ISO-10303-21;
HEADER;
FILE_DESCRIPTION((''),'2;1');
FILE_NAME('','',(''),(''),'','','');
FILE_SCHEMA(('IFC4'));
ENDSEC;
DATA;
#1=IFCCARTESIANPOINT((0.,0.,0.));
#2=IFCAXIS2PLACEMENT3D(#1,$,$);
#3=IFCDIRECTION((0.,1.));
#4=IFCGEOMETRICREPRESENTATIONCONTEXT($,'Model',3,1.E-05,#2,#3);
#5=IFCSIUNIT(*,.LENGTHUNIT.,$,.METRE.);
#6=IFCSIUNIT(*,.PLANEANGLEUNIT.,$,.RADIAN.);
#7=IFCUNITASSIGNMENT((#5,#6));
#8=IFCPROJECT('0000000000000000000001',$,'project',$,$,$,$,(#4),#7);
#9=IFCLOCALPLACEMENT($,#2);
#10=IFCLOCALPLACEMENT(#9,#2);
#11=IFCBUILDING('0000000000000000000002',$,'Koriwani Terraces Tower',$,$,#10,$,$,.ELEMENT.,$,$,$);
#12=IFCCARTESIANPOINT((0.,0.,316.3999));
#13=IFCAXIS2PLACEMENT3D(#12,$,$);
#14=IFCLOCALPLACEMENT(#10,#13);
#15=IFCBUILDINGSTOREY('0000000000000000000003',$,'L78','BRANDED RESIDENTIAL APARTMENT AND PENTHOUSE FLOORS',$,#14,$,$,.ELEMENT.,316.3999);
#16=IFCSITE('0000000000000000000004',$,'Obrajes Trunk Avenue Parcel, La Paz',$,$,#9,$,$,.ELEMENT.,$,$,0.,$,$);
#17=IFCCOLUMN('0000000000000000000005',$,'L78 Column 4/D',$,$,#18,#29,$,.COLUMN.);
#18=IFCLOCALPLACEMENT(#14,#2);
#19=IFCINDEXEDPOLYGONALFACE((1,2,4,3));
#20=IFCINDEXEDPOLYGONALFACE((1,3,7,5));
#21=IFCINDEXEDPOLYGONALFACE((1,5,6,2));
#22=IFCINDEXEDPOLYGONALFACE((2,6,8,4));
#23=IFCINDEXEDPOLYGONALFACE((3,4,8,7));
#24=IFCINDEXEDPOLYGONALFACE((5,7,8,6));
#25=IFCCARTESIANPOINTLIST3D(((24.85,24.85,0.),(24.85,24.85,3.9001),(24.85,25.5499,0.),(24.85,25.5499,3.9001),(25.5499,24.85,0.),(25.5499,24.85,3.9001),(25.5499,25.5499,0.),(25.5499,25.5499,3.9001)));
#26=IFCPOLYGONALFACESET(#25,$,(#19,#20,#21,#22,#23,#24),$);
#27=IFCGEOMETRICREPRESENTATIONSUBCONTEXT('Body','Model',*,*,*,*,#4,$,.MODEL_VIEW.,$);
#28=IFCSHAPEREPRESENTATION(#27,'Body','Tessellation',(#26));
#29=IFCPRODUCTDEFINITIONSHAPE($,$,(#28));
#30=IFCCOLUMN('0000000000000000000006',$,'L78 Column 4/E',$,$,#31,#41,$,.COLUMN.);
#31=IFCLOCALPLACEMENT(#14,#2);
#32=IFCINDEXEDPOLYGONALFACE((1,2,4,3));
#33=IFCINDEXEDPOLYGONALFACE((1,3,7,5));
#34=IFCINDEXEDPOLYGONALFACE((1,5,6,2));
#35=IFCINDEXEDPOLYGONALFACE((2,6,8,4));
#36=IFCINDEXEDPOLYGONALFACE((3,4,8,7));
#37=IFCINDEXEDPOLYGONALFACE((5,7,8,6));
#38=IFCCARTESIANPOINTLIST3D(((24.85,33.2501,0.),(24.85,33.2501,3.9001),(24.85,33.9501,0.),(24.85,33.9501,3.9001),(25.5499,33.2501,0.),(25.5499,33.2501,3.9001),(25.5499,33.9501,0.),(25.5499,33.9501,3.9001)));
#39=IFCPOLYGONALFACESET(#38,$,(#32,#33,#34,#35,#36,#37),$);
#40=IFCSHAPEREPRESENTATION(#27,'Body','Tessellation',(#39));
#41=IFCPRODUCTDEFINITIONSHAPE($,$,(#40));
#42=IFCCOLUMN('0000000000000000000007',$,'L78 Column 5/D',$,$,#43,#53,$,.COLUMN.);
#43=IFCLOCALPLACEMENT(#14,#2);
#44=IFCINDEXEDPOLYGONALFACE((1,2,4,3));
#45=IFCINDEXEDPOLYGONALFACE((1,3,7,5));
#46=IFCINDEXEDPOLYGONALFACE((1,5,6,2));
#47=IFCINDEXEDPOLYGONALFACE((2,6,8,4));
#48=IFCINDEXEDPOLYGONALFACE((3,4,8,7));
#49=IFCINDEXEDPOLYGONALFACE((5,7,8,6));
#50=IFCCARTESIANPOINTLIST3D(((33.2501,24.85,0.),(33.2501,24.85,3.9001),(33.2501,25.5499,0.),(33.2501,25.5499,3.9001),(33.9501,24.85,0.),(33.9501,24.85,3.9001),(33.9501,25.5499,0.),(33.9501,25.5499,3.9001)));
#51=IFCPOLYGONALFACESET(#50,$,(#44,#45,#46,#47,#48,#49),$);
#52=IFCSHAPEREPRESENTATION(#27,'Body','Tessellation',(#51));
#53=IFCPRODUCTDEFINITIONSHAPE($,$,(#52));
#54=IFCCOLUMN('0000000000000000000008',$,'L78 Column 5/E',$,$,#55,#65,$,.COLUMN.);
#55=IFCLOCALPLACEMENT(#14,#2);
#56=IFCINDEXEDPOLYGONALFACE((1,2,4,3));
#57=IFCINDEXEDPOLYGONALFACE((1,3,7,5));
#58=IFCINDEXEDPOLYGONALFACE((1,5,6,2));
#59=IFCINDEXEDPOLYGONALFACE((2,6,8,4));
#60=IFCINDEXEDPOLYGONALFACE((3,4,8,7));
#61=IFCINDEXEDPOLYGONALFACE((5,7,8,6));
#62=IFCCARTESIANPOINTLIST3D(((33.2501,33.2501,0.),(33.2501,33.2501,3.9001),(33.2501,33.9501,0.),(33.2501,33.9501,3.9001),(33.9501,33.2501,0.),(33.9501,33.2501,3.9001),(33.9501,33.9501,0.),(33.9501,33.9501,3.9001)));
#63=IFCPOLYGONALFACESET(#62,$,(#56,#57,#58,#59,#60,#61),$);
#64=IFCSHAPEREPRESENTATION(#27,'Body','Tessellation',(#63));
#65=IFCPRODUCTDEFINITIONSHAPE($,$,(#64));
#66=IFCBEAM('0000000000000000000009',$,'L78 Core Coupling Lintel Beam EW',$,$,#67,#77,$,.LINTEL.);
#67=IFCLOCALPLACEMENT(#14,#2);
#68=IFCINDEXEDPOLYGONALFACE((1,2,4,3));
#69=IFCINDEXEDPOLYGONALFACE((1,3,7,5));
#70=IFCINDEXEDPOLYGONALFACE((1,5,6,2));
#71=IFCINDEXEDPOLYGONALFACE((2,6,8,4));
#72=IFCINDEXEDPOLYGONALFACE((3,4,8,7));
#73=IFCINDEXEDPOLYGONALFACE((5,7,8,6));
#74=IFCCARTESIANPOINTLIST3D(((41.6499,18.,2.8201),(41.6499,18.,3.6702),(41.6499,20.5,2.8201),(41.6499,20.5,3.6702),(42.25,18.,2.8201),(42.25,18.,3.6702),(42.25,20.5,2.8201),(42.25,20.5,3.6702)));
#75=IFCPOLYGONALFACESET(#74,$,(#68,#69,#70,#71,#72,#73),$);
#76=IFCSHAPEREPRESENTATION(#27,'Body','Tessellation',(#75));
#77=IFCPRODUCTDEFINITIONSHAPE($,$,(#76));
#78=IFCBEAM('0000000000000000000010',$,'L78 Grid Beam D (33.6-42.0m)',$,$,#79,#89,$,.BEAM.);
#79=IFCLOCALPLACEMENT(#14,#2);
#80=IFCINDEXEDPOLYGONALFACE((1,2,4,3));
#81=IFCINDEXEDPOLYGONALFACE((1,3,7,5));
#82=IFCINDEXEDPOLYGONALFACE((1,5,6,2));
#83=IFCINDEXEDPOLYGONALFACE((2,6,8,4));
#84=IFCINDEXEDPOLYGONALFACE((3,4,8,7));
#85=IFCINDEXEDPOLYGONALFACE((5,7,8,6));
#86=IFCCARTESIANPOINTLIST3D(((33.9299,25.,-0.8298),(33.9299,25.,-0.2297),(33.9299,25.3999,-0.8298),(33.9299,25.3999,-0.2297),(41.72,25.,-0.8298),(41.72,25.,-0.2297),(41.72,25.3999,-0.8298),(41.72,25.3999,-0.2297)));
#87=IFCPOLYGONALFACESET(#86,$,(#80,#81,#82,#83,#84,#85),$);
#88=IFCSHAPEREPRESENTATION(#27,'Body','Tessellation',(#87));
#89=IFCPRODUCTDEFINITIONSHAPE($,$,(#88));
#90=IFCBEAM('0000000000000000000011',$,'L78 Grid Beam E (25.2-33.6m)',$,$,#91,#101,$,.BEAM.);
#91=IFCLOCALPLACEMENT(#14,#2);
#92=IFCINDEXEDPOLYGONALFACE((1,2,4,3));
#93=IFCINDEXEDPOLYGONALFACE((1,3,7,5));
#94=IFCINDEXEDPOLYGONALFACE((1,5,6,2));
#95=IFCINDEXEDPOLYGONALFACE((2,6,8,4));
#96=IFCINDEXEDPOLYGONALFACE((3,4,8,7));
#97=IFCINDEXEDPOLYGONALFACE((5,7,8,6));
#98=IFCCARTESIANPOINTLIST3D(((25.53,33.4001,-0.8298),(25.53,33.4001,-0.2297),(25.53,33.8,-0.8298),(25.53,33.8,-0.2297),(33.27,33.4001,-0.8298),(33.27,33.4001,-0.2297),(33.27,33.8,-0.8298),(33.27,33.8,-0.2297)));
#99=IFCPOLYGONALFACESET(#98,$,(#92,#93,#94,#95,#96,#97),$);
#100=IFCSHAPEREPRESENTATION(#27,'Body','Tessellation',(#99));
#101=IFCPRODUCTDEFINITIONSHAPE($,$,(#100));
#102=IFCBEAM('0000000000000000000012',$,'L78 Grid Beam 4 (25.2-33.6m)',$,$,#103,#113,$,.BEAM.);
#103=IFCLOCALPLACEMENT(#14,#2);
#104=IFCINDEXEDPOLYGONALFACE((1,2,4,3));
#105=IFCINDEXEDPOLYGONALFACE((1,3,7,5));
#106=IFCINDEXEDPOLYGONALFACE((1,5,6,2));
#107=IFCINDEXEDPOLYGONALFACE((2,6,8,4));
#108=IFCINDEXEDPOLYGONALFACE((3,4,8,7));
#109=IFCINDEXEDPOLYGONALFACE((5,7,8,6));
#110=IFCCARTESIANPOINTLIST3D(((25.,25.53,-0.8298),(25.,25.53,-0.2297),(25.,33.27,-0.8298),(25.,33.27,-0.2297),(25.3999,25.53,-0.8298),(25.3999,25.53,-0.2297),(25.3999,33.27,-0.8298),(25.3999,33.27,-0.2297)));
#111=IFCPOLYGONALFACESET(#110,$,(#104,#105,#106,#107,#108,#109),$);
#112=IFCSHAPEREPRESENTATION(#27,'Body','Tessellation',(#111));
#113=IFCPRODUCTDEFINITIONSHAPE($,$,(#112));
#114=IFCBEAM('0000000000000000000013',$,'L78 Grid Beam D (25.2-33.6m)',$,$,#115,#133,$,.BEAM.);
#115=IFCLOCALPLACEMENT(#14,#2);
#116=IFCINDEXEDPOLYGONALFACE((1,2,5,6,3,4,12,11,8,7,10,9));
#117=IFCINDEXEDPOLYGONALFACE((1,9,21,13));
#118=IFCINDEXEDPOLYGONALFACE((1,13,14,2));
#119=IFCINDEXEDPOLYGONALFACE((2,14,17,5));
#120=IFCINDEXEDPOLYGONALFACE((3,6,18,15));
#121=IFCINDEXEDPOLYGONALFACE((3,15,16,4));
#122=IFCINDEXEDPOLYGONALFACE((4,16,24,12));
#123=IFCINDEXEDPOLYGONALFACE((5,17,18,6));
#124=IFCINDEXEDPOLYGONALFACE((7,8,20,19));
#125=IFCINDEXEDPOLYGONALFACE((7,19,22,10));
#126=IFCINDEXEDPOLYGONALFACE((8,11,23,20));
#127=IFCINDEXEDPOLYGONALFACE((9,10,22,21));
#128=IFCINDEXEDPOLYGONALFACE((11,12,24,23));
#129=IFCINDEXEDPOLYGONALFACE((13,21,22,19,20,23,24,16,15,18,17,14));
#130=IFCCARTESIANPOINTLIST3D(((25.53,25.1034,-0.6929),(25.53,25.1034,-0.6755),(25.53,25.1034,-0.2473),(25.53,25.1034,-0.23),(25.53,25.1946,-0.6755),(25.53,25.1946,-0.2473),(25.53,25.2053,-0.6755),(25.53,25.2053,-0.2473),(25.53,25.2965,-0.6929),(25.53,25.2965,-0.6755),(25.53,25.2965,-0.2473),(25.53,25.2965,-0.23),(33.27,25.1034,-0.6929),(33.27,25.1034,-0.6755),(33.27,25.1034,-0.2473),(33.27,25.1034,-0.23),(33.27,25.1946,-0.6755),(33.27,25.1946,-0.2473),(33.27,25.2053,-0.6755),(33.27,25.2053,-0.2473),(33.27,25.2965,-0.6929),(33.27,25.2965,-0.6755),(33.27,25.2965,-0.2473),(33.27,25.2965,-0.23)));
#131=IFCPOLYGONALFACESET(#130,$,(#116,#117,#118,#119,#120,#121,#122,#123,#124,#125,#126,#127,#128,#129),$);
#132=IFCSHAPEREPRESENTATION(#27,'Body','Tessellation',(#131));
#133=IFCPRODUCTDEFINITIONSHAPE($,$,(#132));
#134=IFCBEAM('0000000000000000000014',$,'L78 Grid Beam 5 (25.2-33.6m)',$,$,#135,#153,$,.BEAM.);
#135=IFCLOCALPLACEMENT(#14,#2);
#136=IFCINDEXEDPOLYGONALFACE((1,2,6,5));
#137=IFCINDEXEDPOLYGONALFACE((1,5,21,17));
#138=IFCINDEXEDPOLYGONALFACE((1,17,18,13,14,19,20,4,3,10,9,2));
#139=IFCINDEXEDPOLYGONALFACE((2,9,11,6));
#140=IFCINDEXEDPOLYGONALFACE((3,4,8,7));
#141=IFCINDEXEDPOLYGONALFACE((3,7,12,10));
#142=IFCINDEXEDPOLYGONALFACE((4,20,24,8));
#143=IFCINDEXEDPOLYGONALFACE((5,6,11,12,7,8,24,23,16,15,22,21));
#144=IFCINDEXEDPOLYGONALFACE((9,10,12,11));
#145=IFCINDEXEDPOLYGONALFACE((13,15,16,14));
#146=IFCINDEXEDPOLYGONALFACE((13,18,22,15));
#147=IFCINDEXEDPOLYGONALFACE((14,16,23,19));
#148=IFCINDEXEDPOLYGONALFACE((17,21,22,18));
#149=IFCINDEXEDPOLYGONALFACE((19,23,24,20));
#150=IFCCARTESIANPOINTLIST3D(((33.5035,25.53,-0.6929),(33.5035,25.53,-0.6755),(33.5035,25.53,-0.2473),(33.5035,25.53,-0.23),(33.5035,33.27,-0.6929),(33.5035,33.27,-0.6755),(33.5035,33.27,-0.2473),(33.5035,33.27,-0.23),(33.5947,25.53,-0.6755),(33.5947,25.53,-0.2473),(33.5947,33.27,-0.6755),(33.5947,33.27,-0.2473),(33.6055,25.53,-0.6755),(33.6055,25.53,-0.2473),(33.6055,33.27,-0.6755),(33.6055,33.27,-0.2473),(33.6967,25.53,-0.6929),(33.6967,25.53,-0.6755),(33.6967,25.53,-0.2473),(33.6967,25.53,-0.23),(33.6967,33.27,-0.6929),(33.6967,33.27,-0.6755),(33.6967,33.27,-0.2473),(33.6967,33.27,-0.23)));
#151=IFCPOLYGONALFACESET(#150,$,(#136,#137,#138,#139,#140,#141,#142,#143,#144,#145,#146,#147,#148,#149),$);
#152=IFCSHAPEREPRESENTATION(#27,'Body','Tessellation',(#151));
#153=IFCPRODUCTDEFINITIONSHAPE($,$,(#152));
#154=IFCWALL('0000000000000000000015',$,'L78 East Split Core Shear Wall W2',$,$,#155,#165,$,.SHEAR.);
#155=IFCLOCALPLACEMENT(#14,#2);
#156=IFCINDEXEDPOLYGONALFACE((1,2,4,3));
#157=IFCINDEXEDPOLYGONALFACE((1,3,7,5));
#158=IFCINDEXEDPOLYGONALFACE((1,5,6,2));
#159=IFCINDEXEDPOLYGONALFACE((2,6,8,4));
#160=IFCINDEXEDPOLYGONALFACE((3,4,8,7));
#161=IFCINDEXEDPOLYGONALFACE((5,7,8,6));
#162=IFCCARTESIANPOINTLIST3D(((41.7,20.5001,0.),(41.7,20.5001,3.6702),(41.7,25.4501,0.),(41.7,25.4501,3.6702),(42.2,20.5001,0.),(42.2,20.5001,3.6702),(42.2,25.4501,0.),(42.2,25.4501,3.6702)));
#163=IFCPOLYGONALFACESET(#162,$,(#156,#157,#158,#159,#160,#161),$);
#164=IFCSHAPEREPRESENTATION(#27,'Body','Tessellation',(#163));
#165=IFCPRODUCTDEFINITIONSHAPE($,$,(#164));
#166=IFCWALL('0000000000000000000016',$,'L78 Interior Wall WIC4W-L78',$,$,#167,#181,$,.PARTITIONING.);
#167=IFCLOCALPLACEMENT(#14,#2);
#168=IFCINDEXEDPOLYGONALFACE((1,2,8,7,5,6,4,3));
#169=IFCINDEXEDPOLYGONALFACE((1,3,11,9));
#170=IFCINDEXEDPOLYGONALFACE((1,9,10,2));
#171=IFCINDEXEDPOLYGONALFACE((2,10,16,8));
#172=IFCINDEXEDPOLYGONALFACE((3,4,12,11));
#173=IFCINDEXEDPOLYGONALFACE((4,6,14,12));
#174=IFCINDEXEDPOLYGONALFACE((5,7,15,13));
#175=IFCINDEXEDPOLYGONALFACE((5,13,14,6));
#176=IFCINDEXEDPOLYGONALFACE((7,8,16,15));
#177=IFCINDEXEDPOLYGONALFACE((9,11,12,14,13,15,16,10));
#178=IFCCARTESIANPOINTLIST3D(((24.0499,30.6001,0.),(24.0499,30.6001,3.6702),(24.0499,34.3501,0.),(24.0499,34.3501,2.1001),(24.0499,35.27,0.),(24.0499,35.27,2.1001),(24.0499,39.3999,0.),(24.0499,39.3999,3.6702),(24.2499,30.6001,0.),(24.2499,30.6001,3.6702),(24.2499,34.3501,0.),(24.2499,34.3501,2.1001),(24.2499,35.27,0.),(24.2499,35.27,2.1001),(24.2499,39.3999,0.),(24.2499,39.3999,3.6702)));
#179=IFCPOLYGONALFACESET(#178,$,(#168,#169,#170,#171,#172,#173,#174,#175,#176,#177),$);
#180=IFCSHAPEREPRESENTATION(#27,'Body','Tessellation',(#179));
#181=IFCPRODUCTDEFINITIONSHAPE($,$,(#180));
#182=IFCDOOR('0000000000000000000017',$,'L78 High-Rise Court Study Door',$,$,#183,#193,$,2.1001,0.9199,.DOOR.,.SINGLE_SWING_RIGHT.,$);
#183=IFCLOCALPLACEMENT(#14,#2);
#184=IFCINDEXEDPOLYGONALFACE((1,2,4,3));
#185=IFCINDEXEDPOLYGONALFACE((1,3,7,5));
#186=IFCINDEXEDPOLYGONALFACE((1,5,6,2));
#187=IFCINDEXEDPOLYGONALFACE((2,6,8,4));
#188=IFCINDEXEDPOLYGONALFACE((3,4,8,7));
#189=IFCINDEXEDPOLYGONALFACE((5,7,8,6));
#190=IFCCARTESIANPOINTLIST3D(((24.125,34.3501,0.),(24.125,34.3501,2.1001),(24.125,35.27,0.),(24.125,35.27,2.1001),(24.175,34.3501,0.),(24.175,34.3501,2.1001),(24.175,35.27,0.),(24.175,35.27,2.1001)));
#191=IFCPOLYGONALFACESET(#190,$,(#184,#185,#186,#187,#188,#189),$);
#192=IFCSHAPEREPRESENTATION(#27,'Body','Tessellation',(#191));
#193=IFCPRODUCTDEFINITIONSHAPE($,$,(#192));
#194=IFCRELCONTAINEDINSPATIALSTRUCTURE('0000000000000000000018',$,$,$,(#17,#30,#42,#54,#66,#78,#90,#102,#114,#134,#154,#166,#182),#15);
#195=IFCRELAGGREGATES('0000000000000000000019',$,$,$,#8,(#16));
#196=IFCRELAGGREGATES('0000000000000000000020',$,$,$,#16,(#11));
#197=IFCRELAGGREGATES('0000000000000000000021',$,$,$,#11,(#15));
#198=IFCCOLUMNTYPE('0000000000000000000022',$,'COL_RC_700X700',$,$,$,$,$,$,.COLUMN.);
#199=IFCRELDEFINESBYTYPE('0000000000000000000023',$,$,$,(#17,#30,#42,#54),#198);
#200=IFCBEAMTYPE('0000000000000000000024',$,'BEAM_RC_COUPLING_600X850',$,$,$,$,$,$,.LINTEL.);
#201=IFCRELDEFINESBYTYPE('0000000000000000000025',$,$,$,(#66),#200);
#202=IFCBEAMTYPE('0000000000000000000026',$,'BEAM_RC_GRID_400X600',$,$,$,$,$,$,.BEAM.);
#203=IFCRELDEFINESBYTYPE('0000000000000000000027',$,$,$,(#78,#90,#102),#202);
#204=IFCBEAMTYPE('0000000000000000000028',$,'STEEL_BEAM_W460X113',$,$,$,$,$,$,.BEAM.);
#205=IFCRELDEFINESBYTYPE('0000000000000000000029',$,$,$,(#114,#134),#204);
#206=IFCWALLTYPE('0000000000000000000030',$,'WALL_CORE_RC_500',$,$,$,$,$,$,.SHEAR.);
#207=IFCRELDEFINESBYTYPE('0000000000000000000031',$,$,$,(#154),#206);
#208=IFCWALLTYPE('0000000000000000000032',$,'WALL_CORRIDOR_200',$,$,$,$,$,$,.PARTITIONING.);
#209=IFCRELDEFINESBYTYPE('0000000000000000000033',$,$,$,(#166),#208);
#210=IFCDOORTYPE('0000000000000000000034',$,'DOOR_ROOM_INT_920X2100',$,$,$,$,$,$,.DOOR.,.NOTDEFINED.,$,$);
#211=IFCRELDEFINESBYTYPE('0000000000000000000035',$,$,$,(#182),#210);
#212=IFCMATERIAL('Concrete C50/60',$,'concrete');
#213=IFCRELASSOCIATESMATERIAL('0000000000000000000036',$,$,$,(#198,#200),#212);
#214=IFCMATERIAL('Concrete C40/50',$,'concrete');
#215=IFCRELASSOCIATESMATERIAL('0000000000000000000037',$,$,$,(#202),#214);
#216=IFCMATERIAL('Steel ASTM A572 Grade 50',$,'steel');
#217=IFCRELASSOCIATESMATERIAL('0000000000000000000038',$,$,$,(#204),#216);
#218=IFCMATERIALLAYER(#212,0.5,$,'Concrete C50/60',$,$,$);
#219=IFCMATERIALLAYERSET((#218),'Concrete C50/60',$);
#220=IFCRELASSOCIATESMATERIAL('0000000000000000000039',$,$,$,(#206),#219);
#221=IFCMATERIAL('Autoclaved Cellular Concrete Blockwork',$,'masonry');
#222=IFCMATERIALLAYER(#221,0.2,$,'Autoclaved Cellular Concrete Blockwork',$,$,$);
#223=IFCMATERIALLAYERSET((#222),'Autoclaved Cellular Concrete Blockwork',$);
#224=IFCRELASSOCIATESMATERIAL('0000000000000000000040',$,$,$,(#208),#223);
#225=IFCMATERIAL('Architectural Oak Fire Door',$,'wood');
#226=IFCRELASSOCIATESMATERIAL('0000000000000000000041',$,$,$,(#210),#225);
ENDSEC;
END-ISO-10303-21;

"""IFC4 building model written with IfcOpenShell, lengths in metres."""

from ifc_helpers import new_model, si_unit, direction, frame, frame_2d, origin, origin_2d, place, context, subcontext, project, spatial, rectangle, i_section, extrude, material, layer, layer_set, material_profile, profile_set, type_object, element, fill, save


model = new_model("IFC4")

# Units and contexts
model_context = context("Model", 3, precision=1e-05, world=origin(), true_north=direction((0.0, 1.0)))
body_context = subcontext(model_context, "Body", "Model", "MODEL_VIEW")
ifc_project = project(units=[si_unit("LENGTHUNIT", "METRE"), si_unit("PLANEANGLEUNIT", "RADIAN")], contexts=[model_context])

# Site, building, storey
site_placement = place(None, origin())
site = spatial("IfcSite", under=ifc_project, at=site_placement, Name="Obrajes Trunk Avenue Parcel, La Paz", CompositionType="ELEMENT", RefElevation=0.0)
building_placement = place(site_placement, origin())
building = spatial("IfcBuilding", under=site, at=building_placement, Name="Koriwani Terraces Tower", CompositionType="ELEMENT")
storey_placement = place(building_placement, frame((0.0, 0.0, 316.3999)))
storey = spatial("IfcBuildingStorey", under=building, at=storey_placement, Name="L78", Description="BRANDED RESIDENTIAL APARTMENT AND PENTHOUSE FLOORS", CompositionType="ELEMENT", Elevation=316.3999)

# Columns
ifc_material_1 = material(Name="Concrete C50/60", Category="concrete")
ifc_material_profile_1 = material_profile(ifc_material_1, rectangle(XDim=0.7, YDim=0.7, at=origin_2d()), Name="Concrete C50/60", Category="LoadBearing")
ifc_profile_set_1 = profile_set([ifc_material_profile_1], Name="Concrete C50/60")
column_type = type_object("IfcColumnType", Name="COL_RC_700X700", PredefinedType="COLUMN", material=ifc_profile_set_1)
for number, where, z_axis, x_axis, name in (
    (1, (25.2, 25.2, 0.0), (0.0, 0.0, 1.0), (1.0, 0.0, 0.0), "L78 Column 4/D"),
    (2, (25.2, 33.6001, 0.0), (0.0, 0.0, 1.0), (1.0, 0.0, 0.0), "L78 Column 4/E"),
    (3, (33.6001, 25.2, 0.0), (0.0, 0.0, 1.0), (1.0, 0.0, 0.0), "L78 Column 5/D"),
    (4, (33.6001, 33.6001, 0.0), (0.0, 0.0, 1.0), (1.0, 0.0, 0.0), "L78 Column 5/E"),
):
    element("IfcColumn", number, at=place(storey_placement, frame(where, z_axis=z_axis, x_axis=x_axis)), inside=storey, type_object=column_type, Name=name, PredefinedType="COLUMN", context=body_context, shape_type="SweptSolid", body=[
        extrude(rectangle(XDim=0.7, YDim=0.7, at=origin_2d()), origin(), (0.0, 0.0, 1.0), 3.9001),
    ])

# Beams
ifc_material_profile_2 = material_profile(ifc_material_1, rectangle(XDim=0.6001, YDim=0.8501, at=origin_2d()), Name="Concrete C50/60", Category="LoadBearing")
ifc_profile_set_2 = profile_set([ifc_material_profile_2], Name="Concrete C50/60")
beam_type_1 = type_object("IfcBeamType", Name="BEAM_RC_COUPLING_600X850", PredefinedType="LINTEL", material=ifc_profile_set_2)
beam_1_placement = place(storey_placement, frame((41.95, 18.0, 3.2451), z_axis=(0.0, 1.0, 0.0), x_axis=(-1.0, 0.0, 0.0)))
element("IfcBeam", 5, at=beam_1_placement, inside=storey, type_object=beam_type_1, Name="L78 Core Coupling Lintel Beam EW", PredefinedType="LINTEL", context=body_context, shape_type="SweptSolid", body=[
    extrude(rectangle(XDim=0.6001, YDim=0.8501, at=origin_2d()), origin(), (0.0, 0.0, 1.0), 2.5),
])
ifc_material_2 = material(Name="Concrete C40/50", Category="concrete")
ifc_material_profile_3 = material_profile(ifc_material_2, rectangle(XDim=0.3999, YDim=0.6001, at=origin_2d()), Name="Concrete C40/50", Category="LoadBearing")
ifc_profile_set_3 = profile_set([ifc_material_profile_3], Name="Concrete C40/50")
beam_type_2 = type_object("IfcBeamType", Name="BEAM_RC_GRID_400X600", PredefinedType="BEAM", material=ifc_profile_set_3)
beam_2_placement = place(storey_placement, frame((33.9299, 25.2, -0.5298), z_axis=(1.0, 0.0, 0.0), x_axis=(0.0, 1.0, 0.0)))
element("IfcBeam", 6, at=beam_2_placement, inside=storey, type_object=beam_type_2, Name="L78 Grid Beam D (33.6-42.0m)", PredefinedType="BEAM", context=body_context, shape_type="SweptSolid", body=[
    extrude(rectangle(XDim=0.3999, YDim=0.6001, at=origin_2d()), origin(), (0.0, 0.0, 1.0), 7.79),
])
for number, where, z_axis, x_axis, name in (
    (7, (25.53, 33.6001, -0.5298), (1.0, 0.0, 0.0), (0.0, 1.0, 0.0), "L78 Grid Beam E (25.2-33.6m)"),
    (8, (25.2, 25.53, -0.5298), (0.0, 1.0, 0.0), (-1.0, 0.0, 0.0), "L78 Grid Beam 4 (25.2-33.6m)"),
):
    element("IfcBeam", number, at=place(storey_placement, frame(where, z_axis=z_axis, x_axis=x_axis)), inside=storey, type_object=beam_type_2, Name=name, PredefinedType="BEAM", context=body_context, shape_type="SweptSolid", body=[
        extrude(rectangle(XDim=0.3999, YDim=0.6001, at=origin_2d()), origin(), (0.0, 0.0, 1.0), 7.74),
    ])
ifc_material_3 = material(Name="Steel ASTM A572 Grade 50", Category="steel")
ifc_material_profile_4 = material_profile(ifc_material_3, i_section(OverallWidth=0.1931, OverallDepth=0.4629, WebThickness=0.0107, FlangeThickness=0.0173, at=origin_2d()), Name="Steel ASTM A572 Grade 50", Category="LoadBearing")
ifc_profile_set_4 = profile_set([ifc_material_profile_4], Name="Steel ASTM A572 Grade 50")
beam_type_3 = type_object("IfcBeamType", Name="STEEL_BEAM_W460X113", PredefinedType="BEAM", material=ifc_profile_set_4)
for number, where, z_axis, x_axis, name in (
    (9, (25.53, 25.2, -0.4614), (1.0, 0.0, 0.0), (0.0, 1.0, 0.0), "L78 Grid Beam D (25.2-33.6m)"),
    (10, (33.6001, 25.53, -0.4614), (0.0, 1.0, 0.0), (-1.0, 0.0, 0.0), "L78 Grid Beam 5 (25.2-33.6m)"),
):
    element("IfcBeam", number, at=place(storey_placement, frame(where, z_axis=z_axis, x_axis=x_axis)), inside=storey, type_object=beam_type_3, Name=name, PredefinedType="BEAM", context=body_context, shape_type="SweptSolid", body=[
        extrude(i_section(OverallWidth=0.1931, OverallDepth=0.4629, WebThickness=0.0107, FlangeThickness=0.0173, at=origin_2d()), origin(), (0.0, 0.0, 1.0), 7.74),
    ])

# Wall
ifc_layer_1 = layer(ifc_material_1, 0.5, Name="Concrete C50/60")
ifc_layer_set_1 = layer_set([ifc_layer_1], Name="Concrete C50/60")
wall_type_1 = type_object("IfcWallType", Name="WALL_CORE_RC_500", PredefinedType="SHEAR", material=ifc_layer_set_1)
wall_1_placement = place(storey_placement, frame((41.95, 20.5, 0.0), z_axis=(0.0, 0.0, 1.0), x_axis=(0.0, 1.0, 0.0)))
element("IfcWall", 11, at=wall_1_placement, inside=storey, type_object=wall_type_1, Name="L78 East Split Core Shear Wall W2", PredefinedType="SHEAR", context=body_context, shape_type="SweptSolid", body=[
    extrude(rectangle(XDim=4.95, YDim=0.5, at=frame_2d((2.4751, 0.0))), origin(), (0.0, 0.0, 1.0), 3.6702),
])

# Wall, opening, door
ifc_material_4 = material(Name="Autoclaved Cellular Concrete Blockwork", Category="masonry")
ifc_layer_2 = layer(ifc_material_4, 0.2, Name="Autoclaved Cellular Concrete Blockwork")
ifc_layer_set_2 = layer_set([ifc_layer_2], Name="Autoclaved Cellular Concrete Blockwork")
wall_type_2 = type_object("IfcWallType", Name="WALL_CORRIDOR_200", PredefinedType="PARTITIONING", material=ifc_layer_set_2)
wall_2_placement = place(storey_placement, frame((24.1499, 30.6001, 0.0), z_axis=(0.0, 0.0, 1.0), x_axis=(0.0, 1.0, 0.0)))
wall_2 = element("IfcWall", 12, at=wall_2_placement, inside=storey, type_object=wall_type_2, Name="L78 Interior Wall WIC4W-L78", PredefinedType="PARTITIONING", context=body_context, shape_type="SweptSolid", body=[
    extrude(rectangle(XDim=8.7998, YDim=0.2, at=frame_2d((4.3999, 0.0))), origin(), (0.0, 0.0, 1.0), 3.6702),
])
opening_1_placement = place(wall_2_placement, frame((3.75, 0.0, 0.0)))
opening_1 = element("IfcOpeningElement", 13, at=opening_1_placement, cuts=wall_2, PredefinedType="OPENING", context=body_context, shape_type="SweptSolid", body=[
    extrude(rectangle(XDim=0.9199, YDim=2.1001, at=frame_2d((0.46, 1.05))), frame((0.0, 0.1099, 0.0), z_axis=(0.0, -1.0, 0.0), x_axis=(1.0, 0.0, 0.0)), (0.0, 0.0, 1.0), 0.22),
])
ifc_material_5 = material(Name="Architectural Oak Fire Door", Category="wood")
door_type_1 = type_object("IfcDoorType", Name="DOOR_ROOM_INT_920X2100", OperationType="NOTDEFINED", PredefinedType="DOOR", material=ifc_material_5)
door_1_placement = place(opening_1_placement, origin())
door_1 = element("IfcDoor", 14, at=door_1_placement, inside=storey, type_object=door_type_1, Name="L78 High-Rise Court Study Door", OperationType="SINGLE_SWING_RIGHT", OverallHeight=2.1001, OverallWidth=0.9199, PredefinedType="DOOR", context=body_context, shape_type="SweptSolid", body=[
    extrude(rectangle(XDim=0.9199, YDim=2.1001, at=frame_2d((0.46, 1.05))), frame((0.0, 0.0249, 0.0), z_axis=(0.0, -1.0, 0.0), x_axis=(1.0, 0.0, 0.0)), (0.0, 0.0, 1.0), 0.05),
])
fill(opening_1, door_1)

save(model, "model.ifc")
